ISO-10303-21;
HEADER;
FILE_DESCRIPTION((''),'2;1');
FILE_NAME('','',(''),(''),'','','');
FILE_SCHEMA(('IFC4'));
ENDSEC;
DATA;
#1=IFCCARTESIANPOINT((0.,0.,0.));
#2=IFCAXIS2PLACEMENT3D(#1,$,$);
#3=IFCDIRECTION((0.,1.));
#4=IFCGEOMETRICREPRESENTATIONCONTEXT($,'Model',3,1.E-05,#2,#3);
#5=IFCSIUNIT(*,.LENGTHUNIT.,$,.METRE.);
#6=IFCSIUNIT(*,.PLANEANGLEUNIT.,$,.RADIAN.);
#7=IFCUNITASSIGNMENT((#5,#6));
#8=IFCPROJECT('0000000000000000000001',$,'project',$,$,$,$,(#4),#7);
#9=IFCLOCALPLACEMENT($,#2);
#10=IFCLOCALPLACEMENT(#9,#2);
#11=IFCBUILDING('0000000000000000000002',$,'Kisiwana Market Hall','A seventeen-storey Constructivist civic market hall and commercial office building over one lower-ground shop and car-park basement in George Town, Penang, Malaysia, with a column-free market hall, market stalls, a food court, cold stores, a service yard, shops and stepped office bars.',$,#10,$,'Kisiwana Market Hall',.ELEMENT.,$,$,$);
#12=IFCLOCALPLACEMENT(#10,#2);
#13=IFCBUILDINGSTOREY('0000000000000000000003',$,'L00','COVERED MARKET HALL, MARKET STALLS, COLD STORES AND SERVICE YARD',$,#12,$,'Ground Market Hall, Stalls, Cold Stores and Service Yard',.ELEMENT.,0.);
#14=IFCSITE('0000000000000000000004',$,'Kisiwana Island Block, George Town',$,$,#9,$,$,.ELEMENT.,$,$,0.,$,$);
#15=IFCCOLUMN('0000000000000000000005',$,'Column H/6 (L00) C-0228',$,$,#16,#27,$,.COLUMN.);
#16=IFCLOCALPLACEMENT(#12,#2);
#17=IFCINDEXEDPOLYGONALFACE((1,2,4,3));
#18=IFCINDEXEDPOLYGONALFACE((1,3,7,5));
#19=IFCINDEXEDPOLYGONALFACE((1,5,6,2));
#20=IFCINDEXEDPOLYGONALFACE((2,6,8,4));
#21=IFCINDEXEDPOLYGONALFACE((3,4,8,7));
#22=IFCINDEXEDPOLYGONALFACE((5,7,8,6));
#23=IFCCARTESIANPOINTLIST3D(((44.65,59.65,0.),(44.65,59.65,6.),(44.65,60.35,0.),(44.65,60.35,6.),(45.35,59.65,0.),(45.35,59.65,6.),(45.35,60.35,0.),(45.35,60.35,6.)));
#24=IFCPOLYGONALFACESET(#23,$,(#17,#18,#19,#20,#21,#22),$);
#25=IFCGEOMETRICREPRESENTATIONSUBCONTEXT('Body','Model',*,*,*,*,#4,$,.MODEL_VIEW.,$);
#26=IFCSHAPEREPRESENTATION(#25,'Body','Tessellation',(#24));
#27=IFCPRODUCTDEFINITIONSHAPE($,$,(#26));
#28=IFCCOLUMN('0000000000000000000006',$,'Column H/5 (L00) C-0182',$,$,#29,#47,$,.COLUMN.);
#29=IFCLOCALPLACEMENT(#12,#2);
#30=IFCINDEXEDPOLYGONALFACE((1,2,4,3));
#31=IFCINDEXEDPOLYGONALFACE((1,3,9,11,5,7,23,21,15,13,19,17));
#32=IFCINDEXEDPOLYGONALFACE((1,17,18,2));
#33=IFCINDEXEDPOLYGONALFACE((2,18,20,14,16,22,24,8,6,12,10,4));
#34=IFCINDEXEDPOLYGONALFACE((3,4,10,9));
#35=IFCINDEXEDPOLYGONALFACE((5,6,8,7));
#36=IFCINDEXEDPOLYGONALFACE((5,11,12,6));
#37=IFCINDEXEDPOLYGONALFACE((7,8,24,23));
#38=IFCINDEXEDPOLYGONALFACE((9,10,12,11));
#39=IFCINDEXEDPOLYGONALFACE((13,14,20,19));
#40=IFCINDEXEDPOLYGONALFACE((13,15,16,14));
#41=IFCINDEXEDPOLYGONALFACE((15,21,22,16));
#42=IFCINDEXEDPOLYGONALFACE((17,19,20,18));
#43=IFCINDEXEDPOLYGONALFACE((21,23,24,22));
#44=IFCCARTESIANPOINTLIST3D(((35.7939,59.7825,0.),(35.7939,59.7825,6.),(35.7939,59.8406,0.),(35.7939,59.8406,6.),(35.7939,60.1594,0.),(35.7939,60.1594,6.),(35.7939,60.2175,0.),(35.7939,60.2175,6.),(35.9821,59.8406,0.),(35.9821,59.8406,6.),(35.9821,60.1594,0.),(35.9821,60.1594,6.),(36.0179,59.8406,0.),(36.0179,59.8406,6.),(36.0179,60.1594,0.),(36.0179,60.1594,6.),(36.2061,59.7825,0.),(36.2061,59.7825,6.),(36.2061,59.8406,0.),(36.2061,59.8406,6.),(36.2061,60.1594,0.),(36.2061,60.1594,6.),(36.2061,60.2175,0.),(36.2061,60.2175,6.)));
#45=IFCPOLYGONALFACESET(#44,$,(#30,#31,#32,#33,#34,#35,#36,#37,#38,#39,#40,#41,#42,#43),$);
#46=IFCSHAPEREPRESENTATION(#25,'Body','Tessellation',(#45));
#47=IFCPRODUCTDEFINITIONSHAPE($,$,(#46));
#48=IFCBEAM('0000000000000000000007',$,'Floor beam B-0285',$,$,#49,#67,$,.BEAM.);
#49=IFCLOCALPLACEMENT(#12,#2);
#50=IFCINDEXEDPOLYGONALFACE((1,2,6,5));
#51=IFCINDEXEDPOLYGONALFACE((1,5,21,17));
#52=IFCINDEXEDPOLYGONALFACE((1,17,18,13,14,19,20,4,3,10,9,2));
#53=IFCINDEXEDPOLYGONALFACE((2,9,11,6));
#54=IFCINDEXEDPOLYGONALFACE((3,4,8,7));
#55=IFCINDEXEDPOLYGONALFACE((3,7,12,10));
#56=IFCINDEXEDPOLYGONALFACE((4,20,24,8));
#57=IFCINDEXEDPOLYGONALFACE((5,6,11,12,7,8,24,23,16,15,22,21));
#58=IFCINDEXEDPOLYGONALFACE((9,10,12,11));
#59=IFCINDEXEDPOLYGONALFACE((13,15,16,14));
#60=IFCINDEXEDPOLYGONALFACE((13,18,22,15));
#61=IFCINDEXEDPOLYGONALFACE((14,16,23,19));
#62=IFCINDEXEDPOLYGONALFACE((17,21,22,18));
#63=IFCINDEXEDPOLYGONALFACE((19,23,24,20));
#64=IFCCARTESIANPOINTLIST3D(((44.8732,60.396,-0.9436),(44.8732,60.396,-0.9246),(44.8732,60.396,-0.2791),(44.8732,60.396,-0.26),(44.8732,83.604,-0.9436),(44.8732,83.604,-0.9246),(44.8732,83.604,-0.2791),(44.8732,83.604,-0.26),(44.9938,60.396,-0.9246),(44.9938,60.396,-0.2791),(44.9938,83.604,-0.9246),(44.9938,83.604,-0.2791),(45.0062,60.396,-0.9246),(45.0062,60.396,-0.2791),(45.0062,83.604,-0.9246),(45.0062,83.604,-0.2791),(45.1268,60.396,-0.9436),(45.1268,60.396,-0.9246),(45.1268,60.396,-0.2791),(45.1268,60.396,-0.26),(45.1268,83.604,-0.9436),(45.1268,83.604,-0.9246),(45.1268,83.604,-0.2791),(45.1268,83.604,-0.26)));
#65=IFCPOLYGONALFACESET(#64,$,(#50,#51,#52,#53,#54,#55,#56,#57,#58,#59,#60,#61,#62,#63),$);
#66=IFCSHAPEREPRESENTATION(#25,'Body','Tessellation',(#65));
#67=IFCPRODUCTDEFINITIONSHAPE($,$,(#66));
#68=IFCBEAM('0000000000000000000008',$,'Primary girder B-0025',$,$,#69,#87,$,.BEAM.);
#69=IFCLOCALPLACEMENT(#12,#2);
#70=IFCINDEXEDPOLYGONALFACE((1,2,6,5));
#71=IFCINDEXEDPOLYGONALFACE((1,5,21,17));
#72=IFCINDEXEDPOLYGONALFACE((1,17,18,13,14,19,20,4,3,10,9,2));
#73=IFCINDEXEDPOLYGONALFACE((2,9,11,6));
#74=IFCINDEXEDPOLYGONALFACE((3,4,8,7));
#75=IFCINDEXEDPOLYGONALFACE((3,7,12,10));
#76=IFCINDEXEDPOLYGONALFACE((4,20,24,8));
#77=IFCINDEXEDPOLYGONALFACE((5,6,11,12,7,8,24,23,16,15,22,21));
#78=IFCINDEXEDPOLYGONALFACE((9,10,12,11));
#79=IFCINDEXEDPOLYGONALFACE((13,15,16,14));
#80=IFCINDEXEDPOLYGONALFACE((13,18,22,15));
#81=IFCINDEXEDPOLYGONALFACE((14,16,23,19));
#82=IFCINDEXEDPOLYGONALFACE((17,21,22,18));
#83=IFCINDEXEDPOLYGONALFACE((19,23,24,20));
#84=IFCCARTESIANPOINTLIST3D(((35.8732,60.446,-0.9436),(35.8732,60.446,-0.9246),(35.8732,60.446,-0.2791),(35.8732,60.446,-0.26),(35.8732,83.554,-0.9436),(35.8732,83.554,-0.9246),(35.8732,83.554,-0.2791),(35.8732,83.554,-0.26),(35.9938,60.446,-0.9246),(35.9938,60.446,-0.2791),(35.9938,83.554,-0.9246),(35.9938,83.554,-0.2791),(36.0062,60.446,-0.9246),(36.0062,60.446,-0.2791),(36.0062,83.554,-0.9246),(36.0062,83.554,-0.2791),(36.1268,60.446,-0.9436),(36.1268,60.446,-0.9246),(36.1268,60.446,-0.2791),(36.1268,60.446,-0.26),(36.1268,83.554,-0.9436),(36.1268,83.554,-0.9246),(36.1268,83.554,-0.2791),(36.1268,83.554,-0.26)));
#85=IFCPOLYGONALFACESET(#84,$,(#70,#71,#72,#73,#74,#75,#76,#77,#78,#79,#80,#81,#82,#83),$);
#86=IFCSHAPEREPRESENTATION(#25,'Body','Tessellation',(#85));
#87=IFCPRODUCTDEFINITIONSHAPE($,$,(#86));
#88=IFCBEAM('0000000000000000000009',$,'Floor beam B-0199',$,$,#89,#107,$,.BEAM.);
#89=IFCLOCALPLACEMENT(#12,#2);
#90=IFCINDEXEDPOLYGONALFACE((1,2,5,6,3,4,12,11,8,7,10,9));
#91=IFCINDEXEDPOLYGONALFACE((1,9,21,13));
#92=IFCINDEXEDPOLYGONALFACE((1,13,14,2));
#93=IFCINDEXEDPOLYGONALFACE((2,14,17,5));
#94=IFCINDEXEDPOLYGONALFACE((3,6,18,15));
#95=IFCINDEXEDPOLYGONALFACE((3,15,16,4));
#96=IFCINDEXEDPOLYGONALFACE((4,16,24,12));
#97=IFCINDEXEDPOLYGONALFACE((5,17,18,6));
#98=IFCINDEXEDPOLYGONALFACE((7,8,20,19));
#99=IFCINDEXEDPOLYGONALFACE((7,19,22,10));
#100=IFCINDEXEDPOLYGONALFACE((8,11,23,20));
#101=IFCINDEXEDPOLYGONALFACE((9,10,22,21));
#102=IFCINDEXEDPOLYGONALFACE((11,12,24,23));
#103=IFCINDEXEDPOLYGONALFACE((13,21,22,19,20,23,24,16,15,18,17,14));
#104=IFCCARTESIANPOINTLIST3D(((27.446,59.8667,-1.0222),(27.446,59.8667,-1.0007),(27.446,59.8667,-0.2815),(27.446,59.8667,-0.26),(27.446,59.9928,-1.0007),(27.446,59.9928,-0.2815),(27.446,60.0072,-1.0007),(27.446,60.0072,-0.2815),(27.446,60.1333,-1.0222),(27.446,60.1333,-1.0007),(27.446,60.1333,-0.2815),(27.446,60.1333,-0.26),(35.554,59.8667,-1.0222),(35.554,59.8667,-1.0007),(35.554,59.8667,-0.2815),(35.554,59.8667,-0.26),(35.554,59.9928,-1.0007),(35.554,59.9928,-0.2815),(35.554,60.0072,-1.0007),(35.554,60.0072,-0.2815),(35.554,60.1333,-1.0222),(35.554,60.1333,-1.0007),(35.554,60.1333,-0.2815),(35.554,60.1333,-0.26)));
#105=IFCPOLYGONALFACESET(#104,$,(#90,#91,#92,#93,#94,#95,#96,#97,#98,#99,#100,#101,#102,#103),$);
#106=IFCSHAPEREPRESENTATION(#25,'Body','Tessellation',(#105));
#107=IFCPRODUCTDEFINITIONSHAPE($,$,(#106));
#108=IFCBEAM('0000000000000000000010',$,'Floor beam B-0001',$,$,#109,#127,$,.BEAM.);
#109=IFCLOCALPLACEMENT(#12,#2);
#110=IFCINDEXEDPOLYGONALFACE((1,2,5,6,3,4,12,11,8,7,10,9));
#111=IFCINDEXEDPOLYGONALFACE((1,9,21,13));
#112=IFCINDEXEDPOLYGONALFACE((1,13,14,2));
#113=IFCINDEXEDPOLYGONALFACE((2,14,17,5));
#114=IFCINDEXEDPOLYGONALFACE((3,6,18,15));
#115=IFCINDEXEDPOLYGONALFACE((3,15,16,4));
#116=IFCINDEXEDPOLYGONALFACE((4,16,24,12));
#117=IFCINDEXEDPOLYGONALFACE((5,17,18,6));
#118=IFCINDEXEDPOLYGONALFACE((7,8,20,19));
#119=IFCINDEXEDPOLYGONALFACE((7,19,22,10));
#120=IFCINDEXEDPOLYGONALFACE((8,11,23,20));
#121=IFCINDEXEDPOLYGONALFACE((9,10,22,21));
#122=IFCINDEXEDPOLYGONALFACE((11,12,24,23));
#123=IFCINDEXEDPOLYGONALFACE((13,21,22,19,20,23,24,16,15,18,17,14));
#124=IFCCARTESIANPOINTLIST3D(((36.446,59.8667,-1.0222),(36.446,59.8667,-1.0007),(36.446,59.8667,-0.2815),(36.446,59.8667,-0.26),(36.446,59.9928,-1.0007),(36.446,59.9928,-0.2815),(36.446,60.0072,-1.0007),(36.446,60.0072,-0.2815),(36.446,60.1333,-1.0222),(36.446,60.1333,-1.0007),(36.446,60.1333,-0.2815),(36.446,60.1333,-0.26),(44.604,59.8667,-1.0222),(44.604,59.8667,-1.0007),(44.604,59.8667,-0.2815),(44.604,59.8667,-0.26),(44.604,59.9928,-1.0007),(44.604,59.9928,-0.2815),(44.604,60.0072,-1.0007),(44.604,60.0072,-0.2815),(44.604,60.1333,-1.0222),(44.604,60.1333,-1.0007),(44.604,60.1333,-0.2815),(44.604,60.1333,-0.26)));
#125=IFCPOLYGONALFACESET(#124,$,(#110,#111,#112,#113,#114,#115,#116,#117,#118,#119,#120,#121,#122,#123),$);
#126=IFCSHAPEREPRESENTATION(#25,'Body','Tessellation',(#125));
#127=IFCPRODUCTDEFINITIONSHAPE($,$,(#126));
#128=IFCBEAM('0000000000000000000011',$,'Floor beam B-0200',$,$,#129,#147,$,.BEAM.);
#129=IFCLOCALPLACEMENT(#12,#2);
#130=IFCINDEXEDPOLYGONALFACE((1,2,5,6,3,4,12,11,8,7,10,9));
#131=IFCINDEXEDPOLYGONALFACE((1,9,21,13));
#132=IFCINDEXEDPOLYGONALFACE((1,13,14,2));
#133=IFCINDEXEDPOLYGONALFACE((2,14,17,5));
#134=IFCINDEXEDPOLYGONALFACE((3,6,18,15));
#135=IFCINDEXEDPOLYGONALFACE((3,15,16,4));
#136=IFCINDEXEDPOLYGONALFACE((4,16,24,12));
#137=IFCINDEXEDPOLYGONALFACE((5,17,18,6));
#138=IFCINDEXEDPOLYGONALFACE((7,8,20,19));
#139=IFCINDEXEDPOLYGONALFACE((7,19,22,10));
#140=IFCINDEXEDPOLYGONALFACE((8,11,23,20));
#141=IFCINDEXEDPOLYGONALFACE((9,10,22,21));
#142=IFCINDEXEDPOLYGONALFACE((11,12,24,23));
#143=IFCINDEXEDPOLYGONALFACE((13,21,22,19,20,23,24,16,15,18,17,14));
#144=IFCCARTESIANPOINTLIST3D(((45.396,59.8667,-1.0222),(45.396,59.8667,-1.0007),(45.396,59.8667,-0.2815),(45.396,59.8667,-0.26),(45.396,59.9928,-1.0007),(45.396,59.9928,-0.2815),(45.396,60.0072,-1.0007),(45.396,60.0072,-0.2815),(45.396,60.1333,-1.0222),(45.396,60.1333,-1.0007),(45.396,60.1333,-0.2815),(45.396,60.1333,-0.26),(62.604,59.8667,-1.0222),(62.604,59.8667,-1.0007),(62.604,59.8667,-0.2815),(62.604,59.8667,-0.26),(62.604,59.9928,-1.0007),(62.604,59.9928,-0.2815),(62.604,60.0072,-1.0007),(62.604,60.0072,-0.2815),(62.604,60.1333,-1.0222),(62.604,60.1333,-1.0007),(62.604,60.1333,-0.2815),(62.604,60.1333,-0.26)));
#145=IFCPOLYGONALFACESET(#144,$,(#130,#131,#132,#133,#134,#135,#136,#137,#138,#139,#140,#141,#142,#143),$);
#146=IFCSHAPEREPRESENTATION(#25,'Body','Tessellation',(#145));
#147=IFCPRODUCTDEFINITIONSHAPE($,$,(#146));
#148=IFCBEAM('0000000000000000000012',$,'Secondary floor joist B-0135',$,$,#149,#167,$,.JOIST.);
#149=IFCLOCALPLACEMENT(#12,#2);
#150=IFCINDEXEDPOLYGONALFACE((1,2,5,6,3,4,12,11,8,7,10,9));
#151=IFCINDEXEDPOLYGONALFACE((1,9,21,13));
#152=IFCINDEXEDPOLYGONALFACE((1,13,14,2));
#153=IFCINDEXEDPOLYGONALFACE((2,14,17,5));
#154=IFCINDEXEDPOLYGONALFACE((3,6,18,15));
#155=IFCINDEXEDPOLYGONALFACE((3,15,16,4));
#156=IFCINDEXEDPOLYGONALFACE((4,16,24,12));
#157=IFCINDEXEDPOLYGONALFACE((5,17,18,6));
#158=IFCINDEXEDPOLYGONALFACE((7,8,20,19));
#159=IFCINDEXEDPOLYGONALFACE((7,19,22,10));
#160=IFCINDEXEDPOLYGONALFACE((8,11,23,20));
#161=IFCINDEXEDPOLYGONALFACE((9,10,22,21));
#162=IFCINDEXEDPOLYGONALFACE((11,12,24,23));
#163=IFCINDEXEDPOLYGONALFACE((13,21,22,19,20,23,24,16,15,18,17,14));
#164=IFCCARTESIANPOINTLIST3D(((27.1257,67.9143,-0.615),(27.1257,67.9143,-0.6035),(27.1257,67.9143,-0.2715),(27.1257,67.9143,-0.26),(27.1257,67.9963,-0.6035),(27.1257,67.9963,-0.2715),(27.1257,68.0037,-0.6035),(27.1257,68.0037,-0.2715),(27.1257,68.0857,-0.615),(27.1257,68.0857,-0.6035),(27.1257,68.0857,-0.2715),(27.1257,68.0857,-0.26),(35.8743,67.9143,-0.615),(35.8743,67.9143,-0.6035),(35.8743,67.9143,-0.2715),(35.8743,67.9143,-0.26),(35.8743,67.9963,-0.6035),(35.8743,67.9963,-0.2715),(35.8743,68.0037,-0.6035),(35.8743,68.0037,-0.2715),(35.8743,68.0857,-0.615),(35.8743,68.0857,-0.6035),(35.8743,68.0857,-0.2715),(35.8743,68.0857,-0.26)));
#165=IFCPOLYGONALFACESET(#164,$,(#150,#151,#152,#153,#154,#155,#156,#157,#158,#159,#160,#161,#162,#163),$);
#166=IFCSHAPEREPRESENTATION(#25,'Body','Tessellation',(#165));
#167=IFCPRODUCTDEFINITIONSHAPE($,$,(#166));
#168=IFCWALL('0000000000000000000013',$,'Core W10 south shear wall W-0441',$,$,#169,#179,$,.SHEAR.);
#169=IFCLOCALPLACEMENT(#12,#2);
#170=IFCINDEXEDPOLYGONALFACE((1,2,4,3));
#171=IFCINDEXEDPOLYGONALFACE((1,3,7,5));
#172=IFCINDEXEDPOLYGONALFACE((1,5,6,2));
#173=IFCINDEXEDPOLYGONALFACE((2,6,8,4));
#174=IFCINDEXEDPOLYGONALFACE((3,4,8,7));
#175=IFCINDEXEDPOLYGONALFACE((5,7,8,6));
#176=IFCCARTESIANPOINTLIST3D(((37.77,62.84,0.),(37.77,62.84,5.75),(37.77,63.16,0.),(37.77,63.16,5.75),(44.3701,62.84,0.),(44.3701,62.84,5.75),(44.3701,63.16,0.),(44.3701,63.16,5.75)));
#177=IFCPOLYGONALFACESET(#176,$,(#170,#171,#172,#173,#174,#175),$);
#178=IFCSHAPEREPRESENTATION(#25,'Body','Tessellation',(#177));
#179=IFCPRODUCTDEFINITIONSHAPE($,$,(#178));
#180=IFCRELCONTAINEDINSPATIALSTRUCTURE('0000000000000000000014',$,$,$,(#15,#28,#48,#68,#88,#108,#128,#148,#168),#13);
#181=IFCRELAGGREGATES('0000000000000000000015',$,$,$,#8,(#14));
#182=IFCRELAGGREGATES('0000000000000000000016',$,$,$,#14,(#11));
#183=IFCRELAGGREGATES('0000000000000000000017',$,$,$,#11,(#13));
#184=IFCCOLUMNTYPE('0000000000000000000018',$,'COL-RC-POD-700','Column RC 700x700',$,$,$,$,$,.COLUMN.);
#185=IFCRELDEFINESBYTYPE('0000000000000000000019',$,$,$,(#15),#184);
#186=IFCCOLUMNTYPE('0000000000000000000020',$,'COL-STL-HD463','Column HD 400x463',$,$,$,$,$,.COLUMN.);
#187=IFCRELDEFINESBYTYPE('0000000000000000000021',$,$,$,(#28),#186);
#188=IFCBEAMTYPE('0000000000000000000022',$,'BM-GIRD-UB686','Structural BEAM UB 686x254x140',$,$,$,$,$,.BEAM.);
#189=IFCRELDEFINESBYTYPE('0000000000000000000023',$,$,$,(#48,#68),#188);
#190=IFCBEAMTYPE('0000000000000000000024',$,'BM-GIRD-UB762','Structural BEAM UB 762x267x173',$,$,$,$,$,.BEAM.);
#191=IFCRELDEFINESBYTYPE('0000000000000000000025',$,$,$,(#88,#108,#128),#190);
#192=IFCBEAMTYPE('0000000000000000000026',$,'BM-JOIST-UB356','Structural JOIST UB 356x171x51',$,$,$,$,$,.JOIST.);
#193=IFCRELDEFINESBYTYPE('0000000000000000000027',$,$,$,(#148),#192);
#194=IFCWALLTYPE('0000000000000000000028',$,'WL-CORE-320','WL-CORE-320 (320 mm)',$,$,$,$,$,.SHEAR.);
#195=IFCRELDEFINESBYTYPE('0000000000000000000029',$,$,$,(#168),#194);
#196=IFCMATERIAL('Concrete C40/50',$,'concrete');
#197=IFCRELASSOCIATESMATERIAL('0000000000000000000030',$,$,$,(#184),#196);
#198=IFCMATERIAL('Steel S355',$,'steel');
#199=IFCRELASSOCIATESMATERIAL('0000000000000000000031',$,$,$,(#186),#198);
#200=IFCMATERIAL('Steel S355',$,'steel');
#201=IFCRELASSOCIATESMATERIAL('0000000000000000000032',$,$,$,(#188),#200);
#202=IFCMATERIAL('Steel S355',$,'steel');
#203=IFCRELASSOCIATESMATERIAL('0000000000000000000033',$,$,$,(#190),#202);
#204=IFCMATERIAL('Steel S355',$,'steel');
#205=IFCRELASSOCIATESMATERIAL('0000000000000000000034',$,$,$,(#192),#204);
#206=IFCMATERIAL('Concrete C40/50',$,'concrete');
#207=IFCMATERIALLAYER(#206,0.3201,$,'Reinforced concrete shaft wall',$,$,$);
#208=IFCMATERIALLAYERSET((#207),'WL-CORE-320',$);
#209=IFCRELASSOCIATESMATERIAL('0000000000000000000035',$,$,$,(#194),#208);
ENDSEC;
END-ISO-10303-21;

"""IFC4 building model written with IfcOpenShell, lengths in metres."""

from ifc_helpers import new_model, si_unit, direction, frame, frame_2d, origin, origin_2d, place, context, subcontext, project, spatial, rectangle, i_section, extrude, material, layer, layer_set, material_profile, profile_set, type_object, element, save


model = new_model("IFC4")

# Units and contexts
model_context = context("Model", 3, precision=1e-05, world=origin(), true_north=direction((0.0, 1.0)))
body_context = subcontext(model_context, "Body", "Model", "MODEL_VIEW")
ifc_project = project(units=[si_unit("LENGTHUNIT", "METRE"), si_unit("PLANEANGLEUNIT", "RADIAN")], contexts=[model_context])

# Site, building, storey
site_placement = place(None, origin())
site = spatial("IfcSite", under=ifc_project, at=site_placement, Name="Kisiwana Island Block, George Town", CompositionType="ELEMENT", RefElevation=0.0)
building_placement = place(site_placement, origin())
building = spatial("IfcBuilding", under=site, at=building_placement, Name="Kisiwana Market Hall", Description="A seventeen-storey Constructivist civic market hall and commercial office building over one lower-ground shop and car-park basement in George Town, Penang, Malaysia, with a column-free market hall, market stalls, a food court, cold stores, a service yard, shops and stepped office bars.", LongName="Kisiwana Market Hall", CompositionType="ELEMENT")
storey_placement = place(building_placement, origin())
storey = spatial("IfcBuildingStorey", under=building, at=storey_placement, Name="L00", Description="COVERED MARKET HALL, MARKET STALLS, COLD STORES AND SERVICE YARD", LongName="Ground Market Hall, Stalls, Cold Stores and Service Yard", CompositionType="ELEMENT", Elevation=0.0)

# Columns
ifc_material_1 = material(Name="Concrete C40/50", Category="concrete")
ifc_material_profile_1 = material_profile(ifc_material_1, rectangle(XDim=0.7, YDim=0.7, at=origin_2d()), Name="RC 700x700")
ifc_profile_set_1 = profile_set([ifc_material_profile_1], Name="Concrete C40/50")
column_type_1 = type_object("IfcColumnType", Name="COL-RC-POD-700", Description="Column RC 700x700", PredefinedType="COLUMN", material=ifc_profile_set_1)
column_1_placement = place(storey_placement, frame((45.0, 60.0, 0.0), z_axis=(0.0, 0.0, 1.0), x_axis=(1.0, 0.0, 0.0)))
element("IfcColumn", 1, at=column_1_placement, inside=storey, type_object=column_type_1, Name="Column H/6 (L00) C-0228", PredefinedType="COLUMN", context=body_context, shape_type="SweptSolid", body=[
    extrude(rectangle(XDim=0.7, YDim=0.7, at=origin_2d()), origin(), (0.0, 0.0, 1.0), 6.0),
])
ifc_material_2 = material(Name="Steel S355", Category="steel")
ifc_material_profile_2 = material_profile(ifc_material_2, i_section(OverallWidth=0.4121, OverallDepth=0.4351, WebThickness=0.0359, FlangeThickness=0.0581, at=origin_2d()), Name="HD 400x463")
ifc_profile_set_2 = profile_set([ifc_material_profile_2], Name="Steel S355")
column_type_2 = type_object("IfcColumnType", Name="COL-STL-HD463", Description="Column HD 400x463", PredefinedType="COLUMN", material=ifc_profile_set_2)
column_2_placement = place(storey_placement, frame((36.0, 60.0, 0.0), z_axis=(0.0, 0.0, 1.0), x_axis=(1.0, 0.0, 0.0)))
element("IfcColumn", 2, at=column_2_placement, inside=storey, type_object=column_type_2, Name="Column H/5 (L00) C-0182", PredefinedType="COLUMN", context=body_context, shape_type="SweptSolid", body=[
    extrude(i_section(OverallWidth=0.4121, OverallDepth=0.4351, WebThickness=0.0359, FlangeThickness=0.0581, at=origin_2d()), origin(), (0.0, 0.0, 1.0), 6.0),
])

# Beams
ifc_material_3 = material(Name="Steel S355", Category="steel")
ifc_material_profile_3 = material_profile(ifc_material_3, i_section(OverallWidth=0.2537, OverallDepth=0.6836, WebThickness=0.0125, FlangeThickness=0.019, at=origin_2d()), Name="UB 686x254x140")
ifc_profile_set_3 = profile_set([ifc_material_profile_3], Name="Steel S355")
beam_type_1 = type_object("IfcBeamType", Name="BM-GIRD-UB686", Description="Structural BEAM UB 686x254x140", PredefinedType="BEAM", material=ifc_profile_set_3)
beam_1_placement = place(storey_placement, frame((45.0, 60.396, -0.6018), z_axis=(0.0, 1.0, 0.0), x_axis=(-1.0, 0.0, 0.0)))
element("IfcBeam", 3, at=beam_1_placement, inside=storey, type_object=beam_type_1, Name="Floor beam B-0285", PredefinedType="BEAM", context=body_context, shape_type="SweptSolid", body=[
    extrude(i_section(OverallWidth=0.2537, OverallDepth=0.6836, WebThickness=0.0125, FlangeThickness=0.019, at=origin_2d()), origin(), (0.0, 0.0, 1.0), 23.208),
])
beam_2_placement = place(storey_placement, frame((36.0, 60.446, -0.6018), z_axis=(0.0, 1.0, 0.0), x_axis=(-1.0, 0.0, 0.0)))
element("IfcBeam", 4, at=beam_2_placement, inside=storey, type_object=beam_type_1, Name="Primary girder B-0025", PredefinedType="BEAM", context=body_context, shape_type="SweptSolid", body=[
    extrude(i_section(OverallWidth=0.2537, OverallDepth=0.6836, WebThickness=0.0125, FlangeThickness=0.019, at=origin_2d()), origin(), (0.0, 0.0, 1.0), 23.1079),
])
ifc_material_4 = material(Name="Steel S355", Category="steel")
ifc_material_profile_4 = material_profile(ifc_material_4, i_section(OverallWidth=0.2666, OverallDepth=0.7622, WebThickness=0.0144, FlangeThickness=0.0215, at=origin_2d()), Name="UB 762x267x173")
ifc_profile_set_4 = profile_set([ifc_material_profile_4], Name="Steel S355")
beam_type_2 = type_object("IfcBeamType", Name="BM-GIRD-UB762", Description="Structural BEAM UB 762x267x173", PredefinedType="BEAM", material=ifc_profile_set_4)
beam_3_placement = place(storey_placement, frame((27.446, 60.0, -0.6411), z_axis=(1.0, 0.0, 0.0), x_axis=(0.0, 1.0, 0.0)))
element("IfcBeam", 5, at=beam_3_placement, inside=storey, type_object=beam_type_2, Name="Floor beam B-0199", PredefinedType="BEAM", context=body_context, shape_type="SweptSolid", body=[
    extrude(i_section(OverallWidth=0.2666, OverallDepth=0.7622, WebThickness=0.0144, FlangeThickness=0.0215, at=origin_2d()), origin(), (0.0, 0.0, 1.0), 8.1079),
])
beam_4_placement = place(storey_placement, frame((36.446, 60.0, -0.6411), z_axis=(1.0, 0.0, 0.0), x_axis=(0.0, 1.0, 0.0)))
element("IfcBeam", 6, at=beam_4_placement, inside=storey, type_object=beam_type_2, Name="Floor beam B-0001", PredefinedType="BEAM", context=body_context, shape_type="SweptSolid", body=[
    extrude(i_section(OverallWidth=0.2666, OverallDepth=0.7622, WebThickness=0.0144, FlangeThickness=0.0215, at=origin_2d()), origin(), (0.0, 0.0, 1.0), 8.158),
])
beam_5_placement = place(storey_placement, frame((45.396, 60.0, -0.6411), z_axis=(1.0, 0.0, 0.0), x_axis=(0.0, 1.0, 0.0)))
element("IfcBeam", 7, at=beam_5_placement, inside=storey, type_object=beam_type_2, Name="Floor beam B-0200", PredefinedType="BEAM", context=body_context, shape_type="SweptSolid", body=[
    extrude(i_section(OverallWidth=0.2666, OverallDepth=0.7622, WebThickness=0.0144, FlangeThickness=0.0215, at=origin_2d()), origin(), (0.0, 0.0, 1.0), 17.208),
])
ifc_material_5 = material(Name="Steel S355", Category="steel")
ifc_material_profile_5 = material_profile(ifc_material_5, i_section(OverallWidth=0.1714, OverallDepth=0.355, WebThickness=0.0073, FlangeThickness=0.0115, at=origin_2d()), Name="UB 356x171x51")
ifc_profile_set_5 = profile_set([ifc_material_profile_5], Name="Steel S355")
beam_type_3 = type_object("IfcBeamType", Name="BM-JOIST-UB356", Description="Structural JOIST UB 356x171x51", PredefinedType="JOIST", material=ifc_profile_set_5)
beam_6_placement = place(storey_placement, frame((27.1257, 68.0, -0.4375), z_axis=(1.0, 0.0, 0.0), x_axis=(0.0, 1.0, 0.0)))
element("IfcBeam", 8, at=beam_6_placement, inside=storey, type_object=beam_type_3, Name="Secondary floor joist B-0135", PredefinedType="JOIST", context=body_context, shape_type="SweptSolid", body=[
    extrude(i_section(OverallWidth=0.1714, OverallDepth=0.355, WebThickness=0.0073, FlangeThickness=0.0115, at=origin_2d()), origin(), (0.0, 0.0, 1.0), 8.7485),
])

# Wall
ifc_material_6 = material(Name="Concrete C40/50", Category="concrete")
ifc_layer_1 = layer(ifc_material_6, 0.3201, Name="Reinforced concrete shaft wall")
ifc_layer_set_1 = layer_set([ifc_layer_1], Name="WL-CORE-320")
wall_type_1 = type_object("IfcWallType", Name="WL-CORE-320", Description="WL-CORE-320 (320 mm)", PredefinedType="SHEAR", material=ifc_layer_set_1)
wall_1_placement = place(storey_placement, frame((37.77, 63.0, 0.0), z_axis=(0.0, 0.0, 1.0), x_axis=(1.0, 0.0, 0.0)))
element("IfcWall", 9, at=wall_1_placement, inside=storey, type_object=wall_type_1, Name="Core W10 south shear wall W-0441", PredefinedType="SHEAR", context=body_context, shape_type="SweptSolid", body=[
    extrude(rectangle(XDim=6.6001, YDim=0.3201, at=frame_2d((3.3, 0.0))), origin(), (0.0, 0.0, 1.0), 5.75),
])

save(model, "model.ifc")
